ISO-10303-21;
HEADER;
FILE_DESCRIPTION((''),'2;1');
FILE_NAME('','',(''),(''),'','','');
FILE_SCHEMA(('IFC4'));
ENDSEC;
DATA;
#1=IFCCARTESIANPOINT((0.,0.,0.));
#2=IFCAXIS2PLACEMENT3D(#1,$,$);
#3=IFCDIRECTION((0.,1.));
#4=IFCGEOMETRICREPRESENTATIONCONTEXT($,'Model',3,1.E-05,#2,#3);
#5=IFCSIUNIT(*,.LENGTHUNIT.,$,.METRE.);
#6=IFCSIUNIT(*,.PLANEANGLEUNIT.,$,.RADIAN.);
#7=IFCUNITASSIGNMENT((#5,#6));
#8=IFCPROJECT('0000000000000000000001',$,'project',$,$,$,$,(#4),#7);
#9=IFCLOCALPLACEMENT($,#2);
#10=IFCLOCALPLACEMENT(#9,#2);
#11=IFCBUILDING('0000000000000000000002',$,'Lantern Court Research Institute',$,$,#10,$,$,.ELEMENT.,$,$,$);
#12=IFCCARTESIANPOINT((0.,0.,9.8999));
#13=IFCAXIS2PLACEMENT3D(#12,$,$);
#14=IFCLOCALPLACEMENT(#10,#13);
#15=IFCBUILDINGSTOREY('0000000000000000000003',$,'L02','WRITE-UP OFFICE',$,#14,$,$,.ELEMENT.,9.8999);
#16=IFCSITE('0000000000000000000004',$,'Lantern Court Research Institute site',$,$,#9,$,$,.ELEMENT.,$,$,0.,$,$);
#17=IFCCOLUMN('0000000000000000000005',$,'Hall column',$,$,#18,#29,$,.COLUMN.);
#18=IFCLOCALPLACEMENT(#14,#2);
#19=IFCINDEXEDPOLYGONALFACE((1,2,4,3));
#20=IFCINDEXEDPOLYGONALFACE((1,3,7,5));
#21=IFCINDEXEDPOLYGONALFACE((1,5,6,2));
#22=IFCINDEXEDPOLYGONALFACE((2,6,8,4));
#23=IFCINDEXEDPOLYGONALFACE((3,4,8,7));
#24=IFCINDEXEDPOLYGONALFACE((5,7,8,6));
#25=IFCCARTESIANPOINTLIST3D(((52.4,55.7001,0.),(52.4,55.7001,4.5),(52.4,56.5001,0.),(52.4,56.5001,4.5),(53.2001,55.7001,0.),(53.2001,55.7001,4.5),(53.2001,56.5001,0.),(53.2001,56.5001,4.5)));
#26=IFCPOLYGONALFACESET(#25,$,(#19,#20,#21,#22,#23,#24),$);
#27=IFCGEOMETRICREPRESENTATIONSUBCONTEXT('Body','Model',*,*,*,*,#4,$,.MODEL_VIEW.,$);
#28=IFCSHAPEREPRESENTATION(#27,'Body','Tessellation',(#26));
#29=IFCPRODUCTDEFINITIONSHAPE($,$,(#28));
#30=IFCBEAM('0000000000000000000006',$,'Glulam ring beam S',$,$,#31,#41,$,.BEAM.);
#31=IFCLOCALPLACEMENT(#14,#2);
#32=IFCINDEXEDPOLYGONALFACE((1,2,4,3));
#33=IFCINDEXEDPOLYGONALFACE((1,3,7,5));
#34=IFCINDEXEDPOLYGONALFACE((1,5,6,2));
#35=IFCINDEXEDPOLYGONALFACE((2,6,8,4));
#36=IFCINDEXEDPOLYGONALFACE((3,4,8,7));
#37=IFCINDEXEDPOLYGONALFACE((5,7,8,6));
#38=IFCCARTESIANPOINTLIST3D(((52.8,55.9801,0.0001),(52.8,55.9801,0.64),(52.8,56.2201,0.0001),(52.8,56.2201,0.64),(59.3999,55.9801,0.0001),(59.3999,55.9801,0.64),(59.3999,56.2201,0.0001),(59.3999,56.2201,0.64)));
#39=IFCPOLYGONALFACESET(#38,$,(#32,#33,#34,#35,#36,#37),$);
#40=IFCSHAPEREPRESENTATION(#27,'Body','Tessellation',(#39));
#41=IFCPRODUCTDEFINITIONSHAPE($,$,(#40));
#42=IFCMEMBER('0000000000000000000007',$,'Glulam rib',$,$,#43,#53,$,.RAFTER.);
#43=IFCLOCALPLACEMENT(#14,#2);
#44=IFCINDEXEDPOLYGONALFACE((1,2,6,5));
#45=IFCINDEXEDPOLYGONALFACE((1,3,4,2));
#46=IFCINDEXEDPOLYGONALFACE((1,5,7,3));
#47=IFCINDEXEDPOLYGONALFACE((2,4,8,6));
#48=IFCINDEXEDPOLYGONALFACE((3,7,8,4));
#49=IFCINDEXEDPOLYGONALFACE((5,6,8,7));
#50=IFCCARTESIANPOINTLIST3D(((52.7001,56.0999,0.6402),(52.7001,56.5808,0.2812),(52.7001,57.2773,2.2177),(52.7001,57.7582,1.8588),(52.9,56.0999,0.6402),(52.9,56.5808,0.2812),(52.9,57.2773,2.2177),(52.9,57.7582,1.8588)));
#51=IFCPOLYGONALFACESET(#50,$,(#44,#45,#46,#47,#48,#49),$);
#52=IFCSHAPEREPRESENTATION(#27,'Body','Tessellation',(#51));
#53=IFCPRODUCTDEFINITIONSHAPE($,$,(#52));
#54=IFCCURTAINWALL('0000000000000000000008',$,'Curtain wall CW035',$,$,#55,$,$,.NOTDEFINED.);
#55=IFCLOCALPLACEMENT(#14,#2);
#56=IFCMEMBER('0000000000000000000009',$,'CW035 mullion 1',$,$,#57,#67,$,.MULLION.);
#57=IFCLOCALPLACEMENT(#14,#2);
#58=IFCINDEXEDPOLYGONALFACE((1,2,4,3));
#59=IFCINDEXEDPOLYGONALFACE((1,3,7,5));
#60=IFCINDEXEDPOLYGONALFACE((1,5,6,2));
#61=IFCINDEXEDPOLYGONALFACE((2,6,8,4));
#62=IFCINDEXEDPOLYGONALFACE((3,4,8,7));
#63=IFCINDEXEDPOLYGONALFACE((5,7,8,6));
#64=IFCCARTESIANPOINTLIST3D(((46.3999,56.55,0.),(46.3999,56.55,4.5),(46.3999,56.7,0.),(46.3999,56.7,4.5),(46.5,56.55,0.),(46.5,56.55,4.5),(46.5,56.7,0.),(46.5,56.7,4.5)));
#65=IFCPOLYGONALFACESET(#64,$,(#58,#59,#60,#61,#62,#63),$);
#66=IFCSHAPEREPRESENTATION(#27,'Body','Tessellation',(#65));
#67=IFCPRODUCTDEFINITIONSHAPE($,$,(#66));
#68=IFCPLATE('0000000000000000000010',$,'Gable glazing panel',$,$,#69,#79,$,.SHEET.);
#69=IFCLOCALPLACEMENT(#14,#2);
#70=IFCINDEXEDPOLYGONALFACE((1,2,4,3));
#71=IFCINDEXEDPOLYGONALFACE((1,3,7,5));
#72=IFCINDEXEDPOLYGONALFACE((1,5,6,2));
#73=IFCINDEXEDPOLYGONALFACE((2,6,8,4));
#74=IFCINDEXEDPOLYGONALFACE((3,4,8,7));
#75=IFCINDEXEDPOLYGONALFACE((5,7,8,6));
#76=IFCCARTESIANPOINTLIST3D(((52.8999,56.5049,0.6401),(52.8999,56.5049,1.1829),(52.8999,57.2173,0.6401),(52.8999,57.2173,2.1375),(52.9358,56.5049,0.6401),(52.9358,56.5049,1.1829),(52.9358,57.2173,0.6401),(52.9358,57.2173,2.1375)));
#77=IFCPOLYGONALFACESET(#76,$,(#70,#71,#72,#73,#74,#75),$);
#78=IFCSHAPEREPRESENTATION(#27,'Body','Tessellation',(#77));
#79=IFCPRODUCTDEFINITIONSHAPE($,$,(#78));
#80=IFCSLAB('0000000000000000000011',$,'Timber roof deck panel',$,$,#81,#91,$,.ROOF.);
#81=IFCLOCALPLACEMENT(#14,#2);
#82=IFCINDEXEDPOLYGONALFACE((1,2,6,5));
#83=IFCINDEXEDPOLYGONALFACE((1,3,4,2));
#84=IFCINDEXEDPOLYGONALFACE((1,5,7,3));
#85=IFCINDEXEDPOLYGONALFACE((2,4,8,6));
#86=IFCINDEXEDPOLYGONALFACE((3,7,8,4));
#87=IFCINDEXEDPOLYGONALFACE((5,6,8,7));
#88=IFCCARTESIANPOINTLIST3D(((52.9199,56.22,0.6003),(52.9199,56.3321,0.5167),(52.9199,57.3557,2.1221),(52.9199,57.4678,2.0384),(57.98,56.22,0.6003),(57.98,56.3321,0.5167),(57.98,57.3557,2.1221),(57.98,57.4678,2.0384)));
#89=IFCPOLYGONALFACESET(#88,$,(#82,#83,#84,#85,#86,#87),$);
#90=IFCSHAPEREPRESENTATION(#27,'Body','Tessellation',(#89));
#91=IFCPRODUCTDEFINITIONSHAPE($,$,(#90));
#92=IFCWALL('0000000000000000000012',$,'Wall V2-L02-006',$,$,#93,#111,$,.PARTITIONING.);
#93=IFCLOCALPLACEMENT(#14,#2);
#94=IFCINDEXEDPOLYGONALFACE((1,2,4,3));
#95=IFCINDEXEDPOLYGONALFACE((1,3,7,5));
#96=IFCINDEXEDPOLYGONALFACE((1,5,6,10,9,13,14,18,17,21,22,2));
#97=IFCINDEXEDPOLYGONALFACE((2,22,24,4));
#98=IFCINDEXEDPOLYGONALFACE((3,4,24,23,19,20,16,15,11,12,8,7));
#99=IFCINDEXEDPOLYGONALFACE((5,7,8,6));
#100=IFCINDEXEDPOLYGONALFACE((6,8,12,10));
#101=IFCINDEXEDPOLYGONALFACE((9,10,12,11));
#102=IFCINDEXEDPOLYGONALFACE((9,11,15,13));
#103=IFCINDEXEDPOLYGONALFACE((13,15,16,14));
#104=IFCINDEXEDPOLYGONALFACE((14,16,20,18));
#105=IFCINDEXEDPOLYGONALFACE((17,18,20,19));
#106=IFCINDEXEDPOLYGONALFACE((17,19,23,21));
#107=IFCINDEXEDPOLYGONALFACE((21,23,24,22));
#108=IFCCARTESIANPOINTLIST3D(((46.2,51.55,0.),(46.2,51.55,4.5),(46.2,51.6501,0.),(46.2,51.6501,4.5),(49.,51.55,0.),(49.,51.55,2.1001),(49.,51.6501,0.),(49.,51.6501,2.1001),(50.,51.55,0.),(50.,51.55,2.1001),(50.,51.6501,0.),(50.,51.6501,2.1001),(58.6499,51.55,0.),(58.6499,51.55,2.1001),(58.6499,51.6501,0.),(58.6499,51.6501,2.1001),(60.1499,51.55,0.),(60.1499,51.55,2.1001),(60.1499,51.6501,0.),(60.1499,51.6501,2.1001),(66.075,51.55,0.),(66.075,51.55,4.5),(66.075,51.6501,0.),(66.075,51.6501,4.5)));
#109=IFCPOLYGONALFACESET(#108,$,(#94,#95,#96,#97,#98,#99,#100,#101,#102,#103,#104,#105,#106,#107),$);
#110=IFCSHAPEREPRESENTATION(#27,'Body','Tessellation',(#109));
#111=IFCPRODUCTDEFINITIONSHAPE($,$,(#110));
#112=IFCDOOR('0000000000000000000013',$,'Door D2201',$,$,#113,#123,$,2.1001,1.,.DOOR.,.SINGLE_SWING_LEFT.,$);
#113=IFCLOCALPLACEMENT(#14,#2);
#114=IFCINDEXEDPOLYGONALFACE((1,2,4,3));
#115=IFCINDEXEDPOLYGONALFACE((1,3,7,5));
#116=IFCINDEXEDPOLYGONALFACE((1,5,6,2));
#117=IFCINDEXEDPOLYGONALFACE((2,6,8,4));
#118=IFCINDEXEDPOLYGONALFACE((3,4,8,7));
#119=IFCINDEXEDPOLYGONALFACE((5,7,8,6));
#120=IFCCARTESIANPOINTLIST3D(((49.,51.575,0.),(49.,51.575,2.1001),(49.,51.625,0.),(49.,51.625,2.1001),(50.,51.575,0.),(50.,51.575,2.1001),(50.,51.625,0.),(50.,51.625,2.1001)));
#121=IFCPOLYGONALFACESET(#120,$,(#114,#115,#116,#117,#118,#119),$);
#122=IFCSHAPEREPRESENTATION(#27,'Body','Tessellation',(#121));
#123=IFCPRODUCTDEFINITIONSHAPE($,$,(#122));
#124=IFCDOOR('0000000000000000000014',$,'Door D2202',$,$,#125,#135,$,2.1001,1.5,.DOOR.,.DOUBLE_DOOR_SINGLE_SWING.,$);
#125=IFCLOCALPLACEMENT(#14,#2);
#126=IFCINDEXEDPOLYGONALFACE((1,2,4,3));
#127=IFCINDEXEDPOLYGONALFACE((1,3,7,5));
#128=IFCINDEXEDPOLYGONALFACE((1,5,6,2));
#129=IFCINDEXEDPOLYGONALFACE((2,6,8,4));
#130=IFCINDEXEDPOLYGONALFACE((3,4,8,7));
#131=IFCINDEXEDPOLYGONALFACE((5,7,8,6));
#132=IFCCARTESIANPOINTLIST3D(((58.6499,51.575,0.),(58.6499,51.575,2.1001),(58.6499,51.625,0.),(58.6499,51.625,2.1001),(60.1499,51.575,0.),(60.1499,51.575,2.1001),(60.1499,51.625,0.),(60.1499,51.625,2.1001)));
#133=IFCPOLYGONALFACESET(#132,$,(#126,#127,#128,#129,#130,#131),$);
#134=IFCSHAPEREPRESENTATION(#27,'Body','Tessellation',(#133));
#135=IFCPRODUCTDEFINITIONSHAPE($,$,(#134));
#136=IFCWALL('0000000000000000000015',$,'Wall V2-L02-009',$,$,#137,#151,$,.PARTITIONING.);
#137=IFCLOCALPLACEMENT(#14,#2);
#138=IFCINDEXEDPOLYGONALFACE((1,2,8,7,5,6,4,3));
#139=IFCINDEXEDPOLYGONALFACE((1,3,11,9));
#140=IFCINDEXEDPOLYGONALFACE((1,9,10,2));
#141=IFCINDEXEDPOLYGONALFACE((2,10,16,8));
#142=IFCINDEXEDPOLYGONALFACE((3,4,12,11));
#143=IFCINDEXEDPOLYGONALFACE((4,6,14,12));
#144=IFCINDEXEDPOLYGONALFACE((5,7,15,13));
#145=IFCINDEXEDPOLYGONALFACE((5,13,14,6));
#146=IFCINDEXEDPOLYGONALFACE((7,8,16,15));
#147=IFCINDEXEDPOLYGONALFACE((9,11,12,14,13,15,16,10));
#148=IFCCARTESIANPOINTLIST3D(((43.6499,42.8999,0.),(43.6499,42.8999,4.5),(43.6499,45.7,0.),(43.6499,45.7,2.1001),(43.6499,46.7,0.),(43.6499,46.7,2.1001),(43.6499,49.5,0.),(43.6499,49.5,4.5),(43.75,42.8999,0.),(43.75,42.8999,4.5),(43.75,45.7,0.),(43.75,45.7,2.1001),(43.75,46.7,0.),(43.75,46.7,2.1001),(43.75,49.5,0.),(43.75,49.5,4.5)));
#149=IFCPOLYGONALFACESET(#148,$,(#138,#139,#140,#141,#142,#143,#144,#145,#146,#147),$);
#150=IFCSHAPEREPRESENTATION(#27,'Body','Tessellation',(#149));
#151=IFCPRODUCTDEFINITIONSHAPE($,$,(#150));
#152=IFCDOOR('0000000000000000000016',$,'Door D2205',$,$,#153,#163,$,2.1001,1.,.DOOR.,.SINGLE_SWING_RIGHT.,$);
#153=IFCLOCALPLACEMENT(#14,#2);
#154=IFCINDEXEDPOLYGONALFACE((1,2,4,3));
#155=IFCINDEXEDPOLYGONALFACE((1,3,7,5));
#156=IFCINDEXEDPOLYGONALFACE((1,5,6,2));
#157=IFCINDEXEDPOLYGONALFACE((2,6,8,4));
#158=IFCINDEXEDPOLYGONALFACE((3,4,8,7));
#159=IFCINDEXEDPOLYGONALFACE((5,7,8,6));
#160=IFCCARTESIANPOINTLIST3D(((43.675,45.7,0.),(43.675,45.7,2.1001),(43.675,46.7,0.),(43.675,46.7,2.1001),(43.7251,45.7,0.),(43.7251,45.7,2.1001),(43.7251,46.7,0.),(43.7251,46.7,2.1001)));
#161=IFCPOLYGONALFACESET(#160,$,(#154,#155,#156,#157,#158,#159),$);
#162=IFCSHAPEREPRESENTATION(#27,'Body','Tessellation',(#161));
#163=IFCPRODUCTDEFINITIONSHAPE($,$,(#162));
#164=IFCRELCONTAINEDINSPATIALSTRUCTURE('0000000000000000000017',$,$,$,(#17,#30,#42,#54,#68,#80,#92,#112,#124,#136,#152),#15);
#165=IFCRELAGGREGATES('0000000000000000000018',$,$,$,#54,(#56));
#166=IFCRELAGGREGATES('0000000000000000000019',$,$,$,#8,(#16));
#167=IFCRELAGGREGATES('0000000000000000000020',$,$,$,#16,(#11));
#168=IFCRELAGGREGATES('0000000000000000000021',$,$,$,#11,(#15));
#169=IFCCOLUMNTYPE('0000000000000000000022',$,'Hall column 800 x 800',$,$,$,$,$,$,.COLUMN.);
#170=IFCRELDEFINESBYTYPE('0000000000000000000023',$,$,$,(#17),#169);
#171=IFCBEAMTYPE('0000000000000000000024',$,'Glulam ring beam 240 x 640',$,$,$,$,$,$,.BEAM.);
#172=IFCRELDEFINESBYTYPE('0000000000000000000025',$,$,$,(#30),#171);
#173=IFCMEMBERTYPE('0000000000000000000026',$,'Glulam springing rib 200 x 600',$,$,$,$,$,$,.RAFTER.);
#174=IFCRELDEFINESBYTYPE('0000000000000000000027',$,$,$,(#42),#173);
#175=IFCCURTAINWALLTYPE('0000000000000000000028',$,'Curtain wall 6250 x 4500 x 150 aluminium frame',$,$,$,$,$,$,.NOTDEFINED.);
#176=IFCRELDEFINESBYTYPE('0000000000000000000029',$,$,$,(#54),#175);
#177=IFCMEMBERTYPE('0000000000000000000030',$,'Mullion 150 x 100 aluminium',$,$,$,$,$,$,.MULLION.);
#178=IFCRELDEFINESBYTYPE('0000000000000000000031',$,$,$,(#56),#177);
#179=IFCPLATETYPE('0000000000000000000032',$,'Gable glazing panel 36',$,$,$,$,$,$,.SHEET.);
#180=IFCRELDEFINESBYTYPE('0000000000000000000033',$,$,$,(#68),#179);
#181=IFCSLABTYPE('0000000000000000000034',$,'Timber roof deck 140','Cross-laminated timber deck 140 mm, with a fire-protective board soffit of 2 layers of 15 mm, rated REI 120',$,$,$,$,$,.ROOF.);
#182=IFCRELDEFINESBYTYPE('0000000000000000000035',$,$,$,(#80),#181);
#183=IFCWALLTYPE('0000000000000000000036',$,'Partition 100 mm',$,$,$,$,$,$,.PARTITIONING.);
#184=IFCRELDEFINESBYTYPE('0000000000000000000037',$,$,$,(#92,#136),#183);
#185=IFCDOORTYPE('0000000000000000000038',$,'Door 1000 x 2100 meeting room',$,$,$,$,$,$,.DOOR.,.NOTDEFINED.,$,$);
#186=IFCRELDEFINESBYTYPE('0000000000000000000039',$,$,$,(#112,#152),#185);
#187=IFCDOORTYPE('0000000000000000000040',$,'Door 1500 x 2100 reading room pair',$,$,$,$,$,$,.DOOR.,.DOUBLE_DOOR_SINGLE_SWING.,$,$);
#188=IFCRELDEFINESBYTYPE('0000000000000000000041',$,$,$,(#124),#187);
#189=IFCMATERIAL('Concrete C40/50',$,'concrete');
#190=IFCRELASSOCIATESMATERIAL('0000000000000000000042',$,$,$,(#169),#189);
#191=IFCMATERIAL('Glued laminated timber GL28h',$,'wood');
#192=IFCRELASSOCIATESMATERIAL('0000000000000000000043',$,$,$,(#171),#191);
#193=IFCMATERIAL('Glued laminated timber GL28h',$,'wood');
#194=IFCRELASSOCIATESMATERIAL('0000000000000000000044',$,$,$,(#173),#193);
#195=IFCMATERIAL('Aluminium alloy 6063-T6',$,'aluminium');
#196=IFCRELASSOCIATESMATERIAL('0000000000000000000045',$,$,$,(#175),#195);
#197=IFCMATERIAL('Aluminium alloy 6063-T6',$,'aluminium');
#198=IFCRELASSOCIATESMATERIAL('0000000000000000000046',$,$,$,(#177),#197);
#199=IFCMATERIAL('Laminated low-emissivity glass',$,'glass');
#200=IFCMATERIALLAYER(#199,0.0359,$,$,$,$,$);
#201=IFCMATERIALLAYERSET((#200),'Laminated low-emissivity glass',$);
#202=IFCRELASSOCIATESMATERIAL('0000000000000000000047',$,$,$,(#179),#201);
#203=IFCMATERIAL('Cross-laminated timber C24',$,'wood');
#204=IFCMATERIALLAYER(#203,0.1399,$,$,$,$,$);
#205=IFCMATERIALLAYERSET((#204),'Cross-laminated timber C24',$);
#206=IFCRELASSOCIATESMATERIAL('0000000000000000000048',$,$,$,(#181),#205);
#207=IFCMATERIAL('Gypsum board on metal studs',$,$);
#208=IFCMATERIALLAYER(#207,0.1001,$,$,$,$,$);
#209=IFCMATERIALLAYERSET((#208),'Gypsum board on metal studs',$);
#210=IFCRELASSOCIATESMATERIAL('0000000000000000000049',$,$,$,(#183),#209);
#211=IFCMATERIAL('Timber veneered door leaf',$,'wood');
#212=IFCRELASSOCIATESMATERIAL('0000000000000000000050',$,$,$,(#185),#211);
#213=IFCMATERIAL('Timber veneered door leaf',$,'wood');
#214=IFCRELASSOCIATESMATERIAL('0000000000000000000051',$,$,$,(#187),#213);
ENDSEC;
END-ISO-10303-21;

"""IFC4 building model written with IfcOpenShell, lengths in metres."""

from ifc_helpers import new_model, si_unit, direction, frame, frame_2d, origin, origin_2d, place, context, subcontext, project, spatial, polyline, rectangle, outline, extrude, material, layer, layer_set, material_profile, profile_set, type_object, element, fill, aggregate, save


model = new_model("IFC4")

# Units and contexts
model_context = context("Model", 3, precision=1e-05, world=origin(), true_north=direction((0.0, 1.0)))
body_context = subcontext(model_context, "Body", "Model", "MODEL_VIEW")
ifc_project = project(units=[si_unit("LENGTHUNIT", "METRE"), si_unit("PLANEANGLEUNIT", "RADIAN")], contexts=[model_context])

# Site, building, storey
site_placement = place(None, origin())
site = spatial("IfcSite", under=ifc_project, at=site_placement, Name="Lantern Court Research Institute site", CompositionType="ELEMENT", RefElevation=0.0)
building_placement = place(site_placement, origin())
building = spatial("IfcBuilding", under=site, at=building_placement, Name="Lantern Court Research Institute", CompositionType="ELEMENT")
storey_placement = place(building_placement, frame((0.0, 0.0, 9.8999)))
storey = spatial("IfcBuildingStorey", under=building, at=storey_placement, Name="L02", Description="WRITE-UP OFFICE", CompositionType="ELEMENT", Elevation=9.8999)

# Column
ifc_material_1 = material(Name="Concrete C40/50", Category="concrete")
ifc_material_profile_1 = material_profile(ifc_material_1, rectangle(XDim=0.8, YDim=0.8, at=origin_2d()), Name="Hall column 800 x 800")
ifc_profile_set_1 = profile_set([ifc_material_profile_1], Name="Concrete C40/50")
column_type = type_object("IfcColumnType", Name="Hall column 800 x 800", PredefinedType="COLUMN", material=ifc_profile_set_1)
column_placement = place(storey_placement, frame((52.8, 56.1001, 0.0), z_axis=(0.0, 0.0, 1.0), x_axis=(1.0, 0.0, 0.0)))
element("IfcColumn", 1, at=column_placement, inside=storey, type_object=column_type, Name="Hall column", PredefinedType="COLUMN", context=body_context, shape_type="SweptSolid", body=[
    extrude(rectangle(XDim=0.8, YDim=0.8, at=origin_2d()), origin(), (0.0, 0.0, 1.0), 4.5),
])

# Beam
ifc_material_2 = material(Name="Glued laminated timber GL28h", Category="wood")
ifc_material_profile_2 = material_profile(ifc_material_2, rectangle(XDim=0.24, YDim=0.6399, at=origin_2d()), Name="Glulam ring beam 240 x 640")
ifc_profile_set_2 = profile_set([ifc_material_profile_2], Name="Glued laminated timber GL28h")
beam_type = type_object("IfcBeamType", Name="Glulam ring beam 240 x 640", PredefinedType="BEAM", material=ifc_profile_set_2)
beam_placement = place(storey_placement, frame((52.8, 56.1001, 0.3201), z_axis=(1.0, 0.0, 0.0), x_axis=(0.0, 1.0, 0.0)))
element("IfcBeam", 2, at=beam_placement, inside=storey, type_object=beam_type, Name="Glulam ring beam S", PredefinedType="BEAM", context=body_context, shape_type="SweptSolid", body=[
    extrude(rectangle(XDim=0.24, YDim=0.6399, at=origin_2d()), origin(), (0.0, 0.0, 1.0), 6.5999),
])

# Member
ifc_material_3 = material(Name="Glued laminated timber GL28h", Category="wood")
ifc_material_profile_3 = material_profile(ifc_material_3, rectangle(XDim=0.2, YDim=0.6001, at=origin_2d()), Name="Glulam springing rib 200 x 600")
ifc_profile_set_3 = profile_set([ifc_material_profile_3], Name="Glued laminated timber GL28h")
member_type_1 = type_object("IfcMemberType", Name="Glulam springing rib 200 x 600", PredefinedType="RAFTER", material=ifc_profile_set_3)
member_1_placement = place(storey_placement, frame((52.8, 56.3403, 0.4607), z_axis=(0.0, 0.598133, 0.801397), x_axis=(-1.0, 0.0, 0.0)))
element("IfcMember", 3, at=member_1_placement, inside=storey, type_object=member_type_1, Name="Glulam rib", PredefinedType="RAFTER", context=body_context, shape_type="SweptSolid", body=[
    extrude(rectangle(XDim=0.2, YDim=0.6001, at=origin_2d()), origin(), (0.0, 0.0, 1.0), 1.9685),
])

# Curtain wall, member
ifc_material_4 = material(Name="Aluminium alloy 6063-T6", Category="aluminium")
curtain_wall_type = type_object("IfcCurtainWallType", Name="Curtain wall 6250 x 4500 x 150 aluminium frame", PredefinedType="NOTDEFINED", material=ifc_material_4)
curtain_wall_placement = place(storey_placement, origin())
curtain_wall = element("IfcCurtainWall", 4, at=curtain_wall_placement, inside=storey, type_object=curtain_wall_type, Name="Curtain wall CW035", PredefinedType="NOTDEFINED")
ifc_material_5 = material(Name="Aluminium alloy 6063-T6", Category="aluminium")
ifc_material_profile_4 = material_profile(ifc_material_5, rectangle(XDim=0.1499, YDim=0.1001, at=origin_2d()), Name="Mullion 150 x 100")
ifc_profile_set_4 = profile_set([ifc_material_profile_4], Name="Aluminium alloy 6063-T6")
member_type_2 = type_object("IfcMemberType", Name="Mullion 150 x 100 aluminium", PredefinedType="MULLION", material=ifc_profile_set_4)
member_2_placement = place(storey_placement, frame((46.45, 56.625, 0.0), z_axis=(0.0, 0.0, 1.0), x_axis=(0.0, 1.0, 0.0)))
member_2 = element("IfcMember", 5, at=member_2_placement, type_object=member_type_2, Name="CW035 mullion 1", PredefinedType="MULLION", context=body_context, shape_type="SweptSolid", body=[
    extrude(rectangle(XDim=0.1499, YDim=0.1001, at=origin_2d()), origin(), (0.0, 0.0, 1.0), 4.5),
])
aggregate(curtain_wall, [member_2])

# Plate
ifc_material_6 = material(Name="Laminated low-emissivity glass", Category="glass")
ifc_layer_1 = layer(ifc_material_6, 0.0359)
ifc_layer_set_1 = layer_set([ifc_layer_1], Name="Laminated low-emissivity glass")
plate_type = type_object("IfcPlateType", Name="Gable glazing panel 36", PredefinedType="SHEET", material=ifc_layer_set_1)
plate_placement = place(storey_placement, frame((52.918, 56.5049, 0.6401), z_axis=(0.0, 0.0, 1.0), x_axis=(0.0, 1.0, 0.0)))
element("IfcPlate", 6, at=plate_placement, inside=storey, type_object=plate_type, Name="Gable glazing panel", PredefinedType="SHEET", context=body_context, shape_type="SweptSolid", body=[
    extrude(outline(polyline([(0.0, 0.0), (0.7124, 0.0), (0.7124, 1.4973), (0.0, 0.5427), (0.0, 0.0)])), frame((0.0, 0.0181, 0.0), z_axis=(0.0, -1.0, 0.0), x_axis=(1.0, 0.0, 0.0)), (0.0, 0.0, 1.0), 0.0359),
])

# Slab
ifc_material_7 = material(Name="Cross-laminated timber C24", Category="wood")
ifc_layer_2 = layer(ifc_material_7, 0.1399)
ifc_layer_set_2 = layer_set([ifc_layer_2], Name="Cross-laminated timber C24")
slab_type = type_object("IfcSlabType", Name="Timber roof deck 140", Description="Cross-laminated timber deck 140 mm, with a fire-protective board soffit of 2 layers of 15 mm, rated REI 120", PredefinedType="ROOF", material=ifc_layer_set_2)
slab_placement = place(storey_placement, frame((52.9199, 56.22, 0.6003), z_axis=(0.0, -0.801402, 0.598126), x_axis=(1.0, 0.0, 0.0)))
element("IfcSlab", 7, at=slab_placement, inside=storey, type_object=slab_type, Name="Timber roof deck panel", PredefinedType="ROOF", context=body_context, shape_type="SweptSolid", body=[
    extrude(outline(polyline([(0.0, 0.0), (5.0601, 0.0), (5.0601, 1.8988), (0.0, 1.8988), (0.0, 0.0)])), origin(), (0.0, 0.0, -1.0), 0.1399),
])

# Wall, openings, doors
ifc_material_8 = material(Name="Gypsum board on metal studs")
ifc_layer_3 = layer(ifc_material_8, 0.1001)
ifc_layer_set_3 = layer_set([ifc_layer_3], Name="Gypsum board on metal studs")
wall_type_1 = type_object("IfcWallType", Name="Partition 100 mm", PredefinedType="PARTITIONING", material=ifc_layer_set_3)
wall_1_placement = place(storey_placement, frame((46.2, 51.6001, 0.0), z_axis=(0.0, 0.0, 1.0), x_axis=(1.0, 0.0, 0.0)))
wall_1 = element("IfcWall", 8, at=wall_1_placement, inside=storey, type_object=wall_type_1, Name="Wall V2-L02-006", PredefinedType="PARTITIONING", context=body_context, shape_type="SweptSolid", body=[
    extrude(rectangle(XDim=19.875, YDim=0.1001, at=frame_2d((9.9375, 0.0))), origin(), (0.0, 0.0, 1.0), 4.5),
])
opening_1_placement = place(wall_1_placement, frame((2.8, 0.0, 0.0)))
opening_1 = element("IfcOpeningElement", 9, at=opening_1_placement, cuts=wall_1, PredefinedType="OPENING", context=body_context, shape_type="SweptSolid", body=[
    extrude(rectangle(XDim=1.0, YDim=2.1001, at=frame_2d((0.5, 1.05))), frame((0.0, 0.0601, 0.0), z_axis=(0.0, -1.0, 0.0), x_axis=(1.0, 0.0, 0.0)), (0.0, 0.0, 1.0), 0.1201),
])
opening_2_placement = place(wall_1_placement, frame((12.45, 0.0, 0.0)))
opening_2 = element("IfcOpeningElement", 10, at=opening_2_placement, cuts=wall_1, PredefinedType="OPENING", context=body_context, shape_type="SweptSolid", body=[
    extrude(rectangle(XDim=1.5, YDim=2.1001, at=frame_2d((0.75, 1.05))), frame((0.0, 0.0601, 0.0), z_axis=(0.0, -1.0, 0.0), x_axis=(1.0, 0.0, 0.0)), (0.0, 0.0, 1.0), 0.1201),
])
ifc_material_9 = material(Name="Timber veneered door leaf", Category="wood")
door_type_1 = type_object("IfcDoorType", Name="Door 1000 x 2100 meeting room", OperationType="NOTDEFINED", PredefinedType="DOOR", material=ifc_material_9)
door_1_placement = place(opening_1_placement, origin())
door_1 = element("IfcDoor", 11, at=door_1_placement, inside=storey, type_object=door_type_1, Name="Door D2201", OperationType="SINGLE_SWING_LEFT", OverallHeight=2.1001, OverallWidth=1.0, PredefinedType="DOOR", context=body_context, shape_type="SweptSolid", body=[
    extrude(rectangle(XDim=1.0, YDim=2.1001, at=frame_2d((0.5, 1.05))), frame((0.0, 0.0249, 0.0), z_axis=(0.0, -1.0, 0.0), x_axis=(1.0, 0.0, 0.0)), (0.0, 0.0, 1.0), 0.05),
])
fill(opening_1, door_1)
ifc_material_10 = material(Name="Timber veneered door leaf", Category="wood")
door_type_2 = type_object("IfcDoorType", Name="Door 1500 x 2100 reading room pair", OperationType="DOUBLE_DOOR_SINGLE_SWING", PredefinedType="DOOR", material=ifc_material_10)
door_2_placement = place(opening_2_placement, origin())
door_2 = element("IfcDoor", 12, at=door_2_placement, inside=storey, type_object=door_type_2, Name="Door D2202", OperationType="DOUBLE_DOOR_SINGLE_SWING", OverallHeight=2.1001, OverallWidth=1.5, PredefinedType="DOOR", context=body_context, shape_type="SweptSolid", body=[
    extrude(rectangle(XDim=1.5, YDim=2.1001, at=frame_2d((0.75, 1.05))), frame((0.0, 0.0249, 0.0), z_axis=(0.0, -1.0, 0.0), x_axis=(1.0, 0.0, 0.0)), (0.0, 0.0, 1.0), 0.05),
])
fill(opening_2, door_2)

# Wall, opening, door
wall_2_placement = place(storey_placement, frame((43.7, 42.8999, 0.0), z_axis=(0.0, 0.0, 1.0), x_axis=(0.0, 1.0, 0.0)))
wall_2 = element("IfcWall", 13, at=wall_2_placement, inside=storey, type_object=wall_type_1, Name="Wall V2-L02-009", PredefinedType="PARTITIONING", context=body_context, shape_type="SweptSolid", body=[
    extrude(rectangle(XDim=6.6001, YDim=0.1001, at=frame_2d((3.3, 0.0))), origin(), (0.0, 0.0, 1.0), 4.5),
])
opening_3_placement = place(wall_2_placement, frame((2.8, 0.0, 0.0)))
opening_3 = element("IfcOpeningElement", 14, at=opening_3_placement, cuts=wall_2, PredefinedType="OPENING", context=body_context, shape_type="SweptSolid", body=[
    extrude(rectangle(XDim=1.0, YDim=2.1001, at=frame_2d((0.5, 1.05))), frame((0.0, 0.0601, 0.0), z_axis=(0.0, -1.0, 0.0), x_axis=(1.0, 0.0, 0.0)), (0.0, 0.0, 1.0), 0.1201),
])
door_3_placement = place(opening_3_placement, origin())
door_3 = element("IfcDoor", 15, at=door_3_placement, inside=storey, type_object=door_type_1, Name="Door D2205", OperationType="SINGLE_SWING_RIGHT", OverallHeight=2.1001, OverallWidth=1.0, PredefinedType="DOOR", context=body_context, shape_type="SweptSolid", body=[
    extrude(rectangle(XDim=1.0, YDim=2.1001, at=frame_2d((0.5, 1.05))), frame((0.0, 0.0249, 0.0), z_axis=(0.0, -1.0, 0.0), x_axis=(1.0, 0.0, 0.0)), (0.0, 0.0, 1.0), 0.05),
])
fill(opening_3, door_3)

save(model, "model.ifc")
